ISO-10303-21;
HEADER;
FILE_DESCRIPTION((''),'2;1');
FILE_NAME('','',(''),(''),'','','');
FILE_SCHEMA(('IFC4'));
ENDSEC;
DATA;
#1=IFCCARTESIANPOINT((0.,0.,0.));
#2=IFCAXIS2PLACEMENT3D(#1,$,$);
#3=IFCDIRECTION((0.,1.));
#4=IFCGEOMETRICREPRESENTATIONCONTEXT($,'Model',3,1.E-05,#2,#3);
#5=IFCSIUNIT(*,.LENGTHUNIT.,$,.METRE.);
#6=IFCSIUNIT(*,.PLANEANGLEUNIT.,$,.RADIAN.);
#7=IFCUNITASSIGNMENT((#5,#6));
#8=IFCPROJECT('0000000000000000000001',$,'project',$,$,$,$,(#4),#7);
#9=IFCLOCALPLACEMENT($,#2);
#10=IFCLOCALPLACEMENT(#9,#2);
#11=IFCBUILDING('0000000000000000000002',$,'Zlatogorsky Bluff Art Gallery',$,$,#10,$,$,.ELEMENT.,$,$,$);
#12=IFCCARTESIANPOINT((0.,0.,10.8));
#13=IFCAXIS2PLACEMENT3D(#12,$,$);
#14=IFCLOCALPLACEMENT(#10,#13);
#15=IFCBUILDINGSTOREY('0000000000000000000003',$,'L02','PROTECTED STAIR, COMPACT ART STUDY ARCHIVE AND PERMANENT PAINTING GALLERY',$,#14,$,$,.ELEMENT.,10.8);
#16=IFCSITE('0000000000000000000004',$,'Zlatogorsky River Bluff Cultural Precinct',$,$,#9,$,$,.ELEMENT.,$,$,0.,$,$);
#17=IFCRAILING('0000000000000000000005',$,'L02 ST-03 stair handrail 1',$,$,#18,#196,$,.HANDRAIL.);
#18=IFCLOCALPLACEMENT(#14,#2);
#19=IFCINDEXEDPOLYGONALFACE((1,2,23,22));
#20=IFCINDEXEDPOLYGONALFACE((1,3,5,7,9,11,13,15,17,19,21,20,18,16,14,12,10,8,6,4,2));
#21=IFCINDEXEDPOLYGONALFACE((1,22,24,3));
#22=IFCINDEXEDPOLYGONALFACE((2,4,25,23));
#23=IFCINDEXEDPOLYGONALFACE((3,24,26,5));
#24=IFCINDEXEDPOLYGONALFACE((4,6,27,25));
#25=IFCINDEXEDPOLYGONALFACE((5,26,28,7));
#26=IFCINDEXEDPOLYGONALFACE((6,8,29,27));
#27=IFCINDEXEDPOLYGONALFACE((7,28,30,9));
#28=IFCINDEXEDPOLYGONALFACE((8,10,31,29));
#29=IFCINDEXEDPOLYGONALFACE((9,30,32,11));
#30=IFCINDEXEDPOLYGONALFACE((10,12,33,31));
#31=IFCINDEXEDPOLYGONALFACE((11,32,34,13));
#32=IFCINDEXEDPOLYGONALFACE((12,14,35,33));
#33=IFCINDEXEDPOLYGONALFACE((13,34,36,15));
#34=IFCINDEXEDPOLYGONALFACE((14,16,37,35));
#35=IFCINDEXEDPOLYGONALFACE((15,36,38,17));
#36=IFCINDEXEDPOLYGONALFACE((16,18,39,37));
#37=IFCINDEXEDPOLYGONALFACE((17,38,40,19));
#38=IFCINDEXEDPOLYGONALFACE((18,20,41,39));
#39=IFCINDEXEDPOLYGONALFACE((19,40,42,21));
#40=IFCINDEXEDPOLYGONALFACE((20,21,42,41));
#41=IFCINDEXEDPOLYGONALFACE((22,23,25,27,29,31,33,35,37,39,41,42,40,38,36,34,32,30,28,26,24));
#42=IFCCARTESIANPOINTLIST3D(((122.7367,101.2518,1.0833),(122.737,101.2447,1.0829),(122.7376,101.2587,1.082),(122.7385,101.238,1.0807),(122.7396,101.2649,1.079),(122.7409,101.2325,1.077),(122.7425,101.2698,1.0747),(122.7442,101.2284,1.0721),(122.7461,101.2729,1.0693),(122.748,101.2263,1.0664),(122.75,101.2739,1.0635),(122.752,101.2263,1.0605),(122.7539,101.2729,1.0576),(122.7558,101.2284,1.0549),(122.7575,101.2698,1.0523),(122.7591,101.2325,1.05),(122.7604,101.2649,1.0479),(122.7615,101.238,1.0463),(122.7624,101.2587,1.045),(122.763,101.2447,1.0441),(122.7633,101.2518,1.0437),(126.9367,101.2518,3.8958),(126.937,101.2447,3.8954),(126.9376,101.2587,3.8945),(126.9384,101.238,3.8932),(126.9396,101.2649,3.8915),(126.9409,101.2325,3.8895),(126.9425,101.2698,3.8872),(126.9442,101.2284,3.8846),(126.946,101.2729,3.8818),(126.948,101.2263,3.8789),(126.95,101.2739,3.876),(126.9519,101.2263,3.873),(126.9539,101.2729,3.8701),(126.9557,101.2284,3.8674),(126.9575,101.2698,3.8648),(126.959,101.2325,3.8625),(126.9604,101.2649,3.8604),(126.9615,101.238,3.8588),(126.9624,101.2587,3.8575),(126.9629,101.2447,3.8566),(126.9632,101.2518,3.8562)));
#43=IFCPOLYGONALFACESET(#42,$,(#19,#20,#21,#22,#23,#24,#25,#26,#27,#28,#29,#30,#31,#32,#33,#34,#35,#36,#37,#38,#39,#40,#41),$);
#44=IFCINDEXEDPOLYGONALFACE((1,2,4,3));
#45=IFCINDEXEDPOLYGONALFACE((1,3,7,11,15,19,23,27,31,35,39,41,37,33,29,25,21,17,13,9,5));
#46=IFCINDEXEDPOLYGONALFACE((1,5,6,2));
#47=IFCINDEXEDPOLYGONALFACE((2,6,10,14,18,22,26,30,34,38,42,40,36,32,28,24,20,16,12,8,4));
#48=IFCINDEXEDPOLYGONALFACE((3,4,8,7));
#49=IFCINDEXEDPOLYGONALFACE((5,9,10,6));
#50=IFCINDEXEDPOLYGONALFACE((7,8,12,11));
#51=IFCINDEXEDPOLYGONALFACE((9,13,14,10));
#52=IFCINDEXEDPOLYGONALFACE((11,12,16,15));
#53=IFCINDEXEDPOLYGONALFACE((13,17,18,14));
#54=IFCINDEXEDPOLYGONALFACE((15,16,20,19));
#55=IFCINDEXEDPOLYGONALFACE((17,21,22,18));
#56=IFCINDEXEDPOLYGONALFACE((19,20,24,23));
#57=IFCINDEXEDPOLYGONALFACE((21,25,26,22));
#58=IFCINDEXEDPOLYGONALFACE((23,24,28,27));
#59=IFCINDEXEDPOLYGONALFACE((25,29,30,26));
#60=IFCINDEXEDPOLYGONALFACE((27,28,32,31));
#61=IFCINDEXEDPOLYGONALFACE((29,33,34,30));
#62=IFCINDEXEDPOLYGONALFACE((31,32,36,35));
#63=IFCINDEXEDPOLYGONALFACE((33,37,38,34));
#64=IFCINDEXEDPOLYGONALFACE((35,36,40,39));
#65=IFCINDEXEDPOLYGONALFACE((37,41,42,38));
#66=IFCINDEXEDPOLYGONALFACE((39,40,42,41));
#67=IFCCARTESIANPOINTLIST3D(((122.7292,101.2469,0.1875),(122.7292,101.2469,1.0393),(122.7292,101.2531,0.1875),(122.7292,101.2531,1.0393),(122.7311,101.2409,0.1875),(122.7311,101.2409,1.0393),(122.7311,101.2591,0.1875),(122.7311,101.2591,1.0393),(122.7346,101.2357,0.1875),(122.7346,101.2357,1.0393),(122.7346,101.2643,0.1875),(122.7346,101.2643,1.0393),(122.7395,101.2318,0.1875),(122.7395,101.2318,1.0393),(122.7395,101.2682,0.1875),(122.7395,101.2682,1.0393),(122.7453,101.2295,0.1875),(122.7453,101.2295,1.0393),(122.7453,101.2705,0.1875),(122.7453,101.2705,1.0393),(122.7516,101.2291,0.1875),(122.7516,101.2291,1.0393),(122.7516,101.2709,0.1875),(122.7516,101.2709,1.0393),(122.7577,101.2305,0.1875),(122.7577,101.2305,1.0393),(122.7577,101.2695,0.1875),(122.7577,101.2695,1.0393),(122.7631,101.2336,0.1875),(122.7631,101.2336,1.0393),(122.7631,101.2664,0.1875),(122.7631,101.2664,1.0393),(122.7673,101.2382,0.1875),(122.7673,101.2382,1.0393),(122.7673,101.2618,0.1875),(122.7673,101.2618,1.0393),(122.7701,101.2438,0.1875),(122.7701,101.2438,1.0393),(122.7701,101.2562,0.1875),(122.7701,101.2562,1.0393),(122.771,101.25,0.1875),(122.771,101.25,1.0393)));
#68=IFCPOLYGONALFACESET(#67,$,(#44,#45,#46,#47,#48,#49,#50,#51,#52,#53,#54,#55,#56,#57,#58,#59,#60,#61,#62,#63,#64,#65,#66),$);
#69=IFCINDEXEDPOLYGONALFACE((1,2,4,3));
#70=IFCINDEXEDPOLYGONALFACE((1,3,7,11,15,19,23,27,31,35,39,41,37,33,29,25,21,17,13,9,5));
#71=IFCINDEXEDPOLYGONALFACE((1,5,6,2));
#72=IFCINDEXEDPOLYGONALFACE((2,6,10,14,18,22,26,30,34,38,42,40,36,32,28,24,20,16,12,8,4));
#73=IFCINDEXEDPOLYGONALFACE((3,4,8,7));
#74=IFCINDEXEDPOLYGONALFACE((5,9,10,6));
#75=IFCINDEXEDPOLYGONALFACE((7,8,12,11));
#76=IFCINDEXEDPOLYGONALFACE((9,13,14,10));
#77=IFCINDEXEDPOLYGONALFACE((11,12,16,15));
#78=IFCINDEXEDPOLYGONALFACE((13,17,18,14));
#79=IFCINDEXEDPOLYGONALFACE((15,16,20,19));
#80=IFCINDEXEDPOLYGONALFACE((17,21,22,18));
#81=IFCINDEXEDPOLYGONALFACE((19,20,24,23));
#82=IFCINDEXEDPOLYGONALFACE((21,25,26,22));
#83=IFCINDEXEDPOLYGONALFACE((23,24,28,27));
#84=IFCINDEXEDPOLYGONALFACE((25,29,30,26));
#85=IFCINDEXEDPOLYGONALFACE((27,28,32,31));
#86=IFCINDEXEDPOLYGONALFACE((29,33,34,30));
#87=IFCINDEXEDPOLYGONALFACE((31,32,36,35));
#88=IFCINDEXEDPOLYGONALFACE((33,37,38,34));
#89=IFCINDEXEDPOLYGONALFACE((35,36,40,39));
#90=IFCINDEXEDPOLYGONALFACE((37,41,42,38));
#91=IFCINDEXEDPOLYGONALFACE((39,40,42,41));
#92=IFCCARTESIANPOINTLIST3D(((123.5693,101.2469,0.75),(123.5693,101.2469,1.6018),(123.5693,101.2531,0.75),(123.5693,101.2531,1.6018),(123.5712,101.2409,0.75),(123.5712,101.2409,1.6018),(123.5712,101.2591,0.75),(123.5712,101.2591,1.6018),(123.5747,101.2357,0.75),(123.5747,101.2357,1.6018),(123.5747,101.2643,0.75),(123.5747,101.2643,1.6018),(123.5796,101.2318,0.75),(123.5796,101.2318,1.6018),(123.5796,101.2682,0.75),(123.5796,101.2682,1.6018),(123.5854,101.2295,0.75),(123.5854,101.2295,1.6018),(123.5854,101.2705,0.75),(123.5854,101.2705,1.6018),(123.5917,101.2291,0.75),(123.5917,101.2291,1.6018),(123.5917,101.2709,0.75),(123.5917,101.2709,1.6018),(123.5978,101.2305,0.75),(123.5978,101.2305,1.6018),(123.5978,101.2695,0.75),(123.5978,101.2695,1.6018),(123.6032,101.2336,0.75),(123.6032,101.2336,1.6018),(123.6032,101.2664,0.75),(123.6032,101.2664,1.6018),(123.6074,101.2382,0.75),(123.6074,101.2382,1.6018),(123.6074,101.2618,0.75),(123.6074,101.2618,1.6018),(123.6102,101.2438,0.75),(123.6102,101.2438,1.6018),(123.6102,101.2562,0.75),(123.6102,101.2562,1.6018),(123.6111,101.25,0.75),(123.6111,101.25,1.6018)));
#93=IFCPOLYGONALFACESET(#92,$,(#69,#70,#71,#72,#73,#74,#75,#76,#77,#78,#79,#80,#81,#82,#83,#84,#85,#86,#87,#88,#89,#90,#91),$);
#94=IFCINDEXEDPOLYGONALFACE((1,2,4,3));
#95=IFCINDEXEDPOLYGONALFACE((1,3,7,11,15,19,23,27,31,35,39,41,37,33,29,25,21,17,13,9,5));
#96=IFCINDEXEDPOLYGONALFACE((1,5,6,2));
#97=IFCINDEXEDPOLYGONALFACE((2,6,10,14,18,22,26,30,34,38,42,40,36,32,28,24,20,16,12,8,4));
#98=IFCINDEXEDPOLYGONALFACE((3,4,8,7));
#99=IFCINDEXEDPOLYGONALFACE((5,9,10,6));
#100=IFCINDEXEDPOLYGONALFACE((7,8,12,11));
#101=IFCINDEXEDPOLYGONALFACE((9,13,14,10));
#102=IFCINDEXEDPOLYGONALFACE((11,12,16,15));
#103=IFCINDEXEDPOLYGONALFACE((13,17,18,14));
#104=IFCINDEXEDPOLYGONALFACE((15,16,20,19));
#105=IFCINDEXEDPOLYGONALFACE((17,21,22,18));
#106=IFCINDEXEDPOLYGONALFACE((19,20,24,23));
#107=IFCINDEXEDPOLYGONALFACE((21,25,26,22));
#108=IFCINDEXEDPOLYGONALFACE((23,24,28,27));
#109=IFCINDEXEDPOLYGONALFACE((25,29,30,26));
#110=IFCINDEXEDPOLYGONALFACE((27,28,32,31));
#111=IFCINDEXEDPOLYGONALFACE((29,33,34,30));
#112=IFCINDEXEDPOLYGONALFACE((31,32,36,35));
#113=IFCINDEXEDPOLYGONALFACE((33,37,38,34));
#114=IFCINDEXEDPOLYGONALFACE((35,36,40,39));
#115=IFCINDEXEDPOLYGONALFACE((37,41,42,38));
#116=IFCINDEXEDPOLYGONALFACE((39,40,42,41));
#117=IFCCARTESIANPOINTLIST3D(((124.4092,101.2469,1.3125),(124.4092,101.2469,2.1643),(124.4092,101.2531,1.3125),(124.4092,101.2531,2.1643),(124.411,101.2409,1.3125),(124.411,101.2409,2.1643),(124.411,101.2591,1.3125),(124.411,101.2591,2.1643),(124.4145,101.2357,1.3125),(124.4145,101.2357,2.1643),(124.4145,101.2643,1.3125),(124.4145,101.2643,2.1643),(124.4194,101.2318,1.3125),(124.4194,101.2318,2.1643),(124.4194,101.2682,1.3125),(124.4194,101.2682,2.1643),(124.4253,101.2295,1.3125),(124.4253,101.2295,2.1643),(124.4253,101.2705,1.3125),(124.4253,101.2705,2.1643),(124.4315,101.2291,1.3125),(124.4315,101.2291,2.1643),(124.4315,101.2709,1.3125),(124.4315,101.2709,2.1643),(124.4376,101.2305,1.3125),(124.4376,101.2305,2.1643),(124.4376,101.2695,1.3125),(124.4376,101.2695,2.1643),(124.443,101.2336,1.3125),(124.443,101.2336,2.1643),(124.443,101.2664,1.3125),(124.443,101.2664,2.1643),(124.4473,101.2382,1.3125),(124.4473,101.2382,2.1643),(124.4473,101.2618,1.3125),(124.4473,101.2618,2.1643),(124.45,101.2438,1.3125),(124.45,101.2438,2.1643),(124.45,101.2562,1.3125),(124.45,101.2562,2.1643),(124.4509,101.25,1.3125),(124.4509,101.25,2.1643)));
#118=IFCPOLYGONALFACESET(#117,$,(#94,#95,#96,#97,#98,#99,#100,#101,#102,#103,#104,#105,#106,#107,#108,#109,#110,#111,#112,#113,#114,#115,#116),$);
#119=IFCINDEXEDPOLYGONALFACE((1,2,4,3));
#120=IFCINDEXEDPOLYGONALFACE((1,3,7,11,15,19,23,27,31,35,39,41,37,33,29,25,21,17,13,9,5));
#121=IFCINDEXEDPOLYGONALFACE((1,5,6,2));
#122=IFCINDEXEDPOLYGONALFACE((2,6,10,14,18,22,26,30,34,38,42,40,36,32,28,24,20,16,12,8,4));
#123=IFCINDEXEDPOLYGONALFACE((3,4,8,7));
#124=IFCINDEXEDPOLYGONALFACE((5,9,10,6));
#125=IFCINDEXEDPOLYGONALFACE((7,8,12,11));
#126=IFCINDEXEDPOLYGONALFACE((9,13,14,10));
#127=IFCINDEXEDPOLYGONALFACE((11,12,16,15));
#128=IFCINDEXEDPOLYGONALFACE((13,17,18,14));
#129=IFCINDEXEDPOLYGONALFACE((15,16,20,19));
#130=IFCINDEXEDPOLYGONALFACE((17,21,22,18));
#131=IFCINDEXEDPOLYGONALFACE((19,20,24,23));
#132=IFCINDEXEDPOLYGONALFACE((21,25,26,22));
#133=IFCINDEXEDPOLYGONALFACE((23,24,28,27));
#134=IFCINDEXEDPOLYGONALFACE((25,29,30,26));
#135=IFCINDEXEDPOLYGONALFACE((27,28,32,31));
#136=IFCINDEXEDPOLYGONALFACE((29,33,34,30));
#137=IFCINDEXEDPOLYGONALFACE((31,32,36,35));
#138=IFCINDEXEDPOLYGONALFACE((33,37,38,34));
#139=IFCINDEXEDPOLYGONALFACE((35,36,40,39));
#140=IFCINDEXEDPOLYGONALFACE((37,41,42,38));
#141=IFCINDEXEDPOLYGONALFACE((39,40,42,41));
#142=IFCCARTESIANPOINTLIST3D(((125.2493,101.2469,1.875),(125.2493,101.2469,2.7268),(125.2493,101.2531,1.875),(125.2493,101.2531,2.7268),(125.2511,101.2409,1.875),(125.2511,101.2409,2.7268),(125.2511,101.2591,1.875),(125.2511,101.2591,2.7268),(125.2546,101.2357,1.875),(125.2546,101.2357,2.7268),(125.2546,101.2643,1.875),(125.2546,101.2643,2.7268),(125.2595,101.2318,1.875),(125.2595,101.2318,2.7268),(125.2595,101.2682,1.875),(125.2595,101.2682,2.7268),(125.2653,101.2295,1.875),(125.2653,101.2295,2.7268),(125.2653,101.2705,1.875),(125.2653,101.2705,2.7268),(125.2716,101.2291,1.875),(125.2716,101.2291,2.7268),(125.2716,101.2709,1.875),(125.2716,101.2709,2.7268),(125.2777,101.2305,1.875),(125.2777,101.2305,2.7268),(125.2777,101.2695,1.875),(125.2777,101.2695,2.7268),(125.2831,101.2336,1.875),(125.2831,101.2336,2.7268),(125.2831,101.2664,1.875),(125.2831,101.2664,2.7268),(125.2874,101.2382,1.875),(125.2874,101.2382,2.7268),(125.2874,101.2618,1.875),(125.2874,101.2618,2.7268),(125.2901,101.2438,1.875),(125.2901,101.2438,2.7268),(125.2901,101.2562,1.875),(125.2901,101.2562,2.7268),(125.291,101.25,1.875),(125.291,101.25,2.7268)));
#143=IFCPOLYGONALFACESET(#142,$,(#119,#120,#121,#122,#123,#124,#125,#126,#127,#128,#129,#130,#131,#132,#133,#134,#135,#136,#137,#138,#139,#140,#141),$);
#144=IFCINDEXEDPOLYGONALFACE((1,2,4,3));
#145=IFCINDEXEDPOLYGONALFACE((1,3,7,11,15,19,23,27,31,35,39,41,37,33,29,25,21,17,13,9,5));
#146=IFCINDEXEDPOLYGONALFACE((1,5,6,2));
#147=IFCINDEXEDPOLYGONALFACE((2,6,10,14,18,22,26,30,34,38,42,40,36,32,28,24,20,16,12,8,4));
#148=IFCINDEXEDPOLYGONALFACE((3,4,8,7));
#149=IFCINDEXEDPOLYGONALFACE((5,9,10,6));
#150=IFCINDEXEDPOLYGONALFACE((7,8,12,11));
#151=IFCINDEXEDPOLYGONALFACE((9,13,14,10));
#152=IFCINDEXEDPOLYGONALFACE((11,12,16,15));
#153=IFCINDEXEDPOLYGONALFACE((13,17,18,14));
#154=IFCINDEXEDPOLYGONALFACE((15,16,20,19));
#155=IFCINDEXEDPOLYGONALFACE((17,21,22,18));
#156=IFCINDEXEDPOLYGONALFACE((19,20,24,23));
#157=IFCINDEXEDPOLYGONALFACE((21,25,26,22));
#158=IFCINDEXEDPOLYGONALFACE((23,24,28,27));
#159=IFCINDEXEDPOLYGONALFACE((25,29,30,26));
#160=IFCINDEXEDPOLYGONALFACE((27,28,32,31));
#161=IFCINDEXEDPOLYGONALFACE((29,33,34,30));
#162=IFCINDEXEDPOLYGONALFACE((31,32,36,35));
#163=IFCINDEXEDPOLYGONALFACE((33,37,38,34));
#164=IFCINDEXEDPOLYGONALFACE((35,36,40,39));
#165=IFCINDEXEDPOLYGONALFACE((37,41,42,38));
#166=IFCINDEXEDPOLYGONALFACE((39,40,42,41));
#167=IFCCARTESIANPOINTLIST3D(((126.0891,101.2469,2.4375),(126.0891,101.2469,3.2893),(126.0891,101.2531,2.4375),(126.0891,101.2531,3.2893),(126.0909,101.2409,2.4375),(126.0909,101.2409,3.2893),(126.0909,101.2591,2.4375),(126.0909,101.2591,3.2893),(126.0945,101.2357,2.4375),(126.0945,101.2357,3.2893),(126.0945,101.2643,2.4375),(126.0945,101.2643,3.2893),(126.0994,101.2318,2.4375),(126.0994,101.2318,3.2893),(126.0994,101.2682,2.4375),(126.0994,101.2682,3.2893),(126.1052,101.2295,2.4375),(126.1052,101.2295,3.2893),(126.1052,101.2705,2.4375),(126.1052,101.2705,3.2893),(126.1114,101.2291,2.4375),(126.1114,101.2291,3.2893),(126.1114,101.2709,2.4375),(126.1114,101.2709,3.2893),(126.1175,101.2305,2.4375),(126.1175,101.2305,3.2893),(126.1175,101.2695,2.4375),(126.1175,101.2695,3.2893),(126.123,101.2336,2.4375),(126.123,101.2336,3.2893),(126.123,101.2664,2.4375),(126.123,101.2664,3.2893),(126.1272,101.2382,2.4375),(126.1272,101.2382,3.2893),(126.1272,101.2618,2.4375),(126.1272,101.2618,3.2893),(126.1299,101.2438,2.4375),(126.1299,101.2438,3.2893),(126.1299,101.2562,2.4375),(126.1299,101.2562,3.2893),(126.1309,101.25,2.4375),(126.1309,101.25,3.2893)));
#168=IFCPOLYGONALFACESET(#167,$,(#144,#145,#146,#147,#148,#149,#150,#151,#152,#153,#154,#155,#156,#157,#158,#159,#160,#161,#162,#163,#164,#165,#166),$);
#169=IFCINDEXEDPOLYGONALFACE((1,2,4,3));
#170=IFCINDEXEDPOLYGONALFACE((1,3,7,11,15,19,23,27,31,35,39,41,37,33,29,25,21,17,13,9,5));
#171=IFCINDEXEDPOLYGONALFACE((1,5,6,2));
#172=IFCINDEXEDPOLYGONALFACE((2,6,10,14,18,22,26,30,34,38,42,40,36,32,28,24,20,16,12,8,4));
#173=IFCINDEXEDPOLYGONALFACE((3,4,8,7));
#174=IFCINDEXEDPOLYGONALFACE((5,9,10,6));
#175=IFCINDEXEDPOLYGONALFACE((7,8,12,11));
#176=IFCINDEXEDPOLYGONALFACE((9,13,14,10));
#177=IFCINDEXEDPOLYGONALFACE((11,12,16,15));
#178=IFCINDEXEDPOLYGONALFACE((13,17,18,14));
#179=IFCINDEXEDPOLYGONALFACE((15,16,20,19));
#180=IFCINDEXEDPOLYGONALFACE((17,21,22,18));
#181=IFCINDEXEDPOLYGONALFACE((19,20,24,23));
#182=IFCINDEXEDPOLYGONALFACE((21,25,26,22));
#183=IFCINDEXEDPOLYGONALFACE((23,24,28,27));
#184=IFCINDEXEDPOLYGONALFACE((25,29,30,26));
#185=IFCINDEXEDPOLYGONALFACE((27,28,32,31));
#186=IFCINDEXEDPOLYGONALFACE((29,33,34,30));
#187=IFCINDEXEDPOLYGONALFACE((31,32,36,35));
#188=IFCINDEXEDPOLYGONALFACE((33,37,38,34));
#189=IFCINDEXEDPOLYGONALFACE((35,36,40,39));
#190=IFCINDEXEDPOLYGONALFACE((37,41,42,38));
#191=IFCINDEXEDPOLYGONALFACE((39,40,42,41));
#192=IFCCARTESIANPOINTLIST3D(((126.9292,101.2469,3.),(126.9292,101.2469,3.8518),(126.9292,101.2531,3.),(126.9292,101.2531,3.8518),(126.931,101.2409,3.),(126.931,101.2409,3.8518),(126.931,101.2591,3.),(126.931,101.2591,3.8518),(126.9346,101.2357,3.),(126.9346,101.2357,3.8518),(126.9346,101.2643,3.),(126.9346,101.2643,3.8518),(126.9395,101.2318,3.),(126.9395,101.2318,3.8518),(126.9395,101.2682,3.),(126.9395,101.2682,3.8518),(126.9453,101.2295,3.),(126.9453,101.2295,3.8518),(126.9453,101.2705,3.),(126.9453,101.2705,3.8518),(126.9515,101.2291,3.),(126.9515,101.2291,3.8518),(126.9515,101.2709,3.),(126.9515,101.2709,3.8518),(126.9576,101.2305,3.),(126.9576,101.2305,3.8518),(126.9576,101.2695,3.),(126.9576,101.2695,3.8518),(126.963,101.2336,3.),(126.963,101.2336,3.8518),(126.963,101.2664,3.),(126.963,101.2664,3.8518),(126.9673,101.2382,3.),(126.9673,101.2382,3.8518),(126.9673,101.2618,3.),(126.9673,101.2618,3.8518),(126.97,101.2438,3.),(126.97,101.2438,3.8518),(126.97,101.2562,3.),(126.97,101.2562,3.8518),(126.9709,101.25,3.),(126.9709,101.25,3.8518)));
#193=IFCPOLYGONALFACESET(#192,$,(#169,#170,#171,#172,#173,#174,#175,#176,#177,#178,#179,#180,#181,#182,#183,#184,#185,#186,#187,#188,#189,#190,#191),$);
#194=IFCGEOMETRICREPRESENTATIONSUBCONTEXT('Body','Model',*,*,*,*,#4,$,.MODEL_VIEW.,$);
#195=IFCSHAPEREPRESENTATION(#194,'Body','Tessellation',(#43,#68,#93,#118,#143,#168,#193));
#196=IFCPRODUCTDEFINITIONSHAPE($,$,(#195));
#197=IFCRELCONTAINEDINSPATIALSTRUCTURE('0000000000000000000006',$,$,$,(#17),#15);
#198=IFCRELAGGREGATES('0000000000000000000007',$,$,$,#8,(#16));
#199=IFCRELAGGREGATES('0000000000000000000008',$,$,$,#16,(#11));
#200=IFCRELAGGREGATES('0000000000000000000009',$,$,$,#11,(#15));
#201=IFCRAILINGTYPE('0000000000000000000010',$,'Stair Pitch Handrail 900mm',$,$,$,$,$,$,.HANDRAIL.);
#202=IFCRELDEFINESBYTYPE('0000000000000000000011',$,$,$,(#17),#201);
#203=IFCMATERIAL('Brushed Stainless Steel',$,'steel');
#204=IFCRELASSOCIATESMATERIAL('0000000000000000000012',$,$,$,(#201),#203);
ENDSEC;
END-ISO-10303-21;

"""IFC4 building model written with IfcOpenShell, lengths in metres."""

from ifc_helpers import new_model, si_unit, direction, frame, origin, origin_2d, place, context, subcontext, project, spatial, circle, extrude, material, type_object, element, save


model = new_model("IFC4")

# Units and contexts
model_context = context("Model", 3, precision=1e-05, world=origin(), true_north=direction((0.0, 1.0)))
body_context = subcontext(model_context, "Body", "Model", "MODEL_VIEW")
ifc_project = project(units=[si_unit("LENGTHUNIT", "METRE"), si_unit("PLANEANGLEUNIT", "RADIAN")], contexts=[model_context])

# Site, building, storey
site_placement = place(None, origin())
site = spatial("IfcSite", under=ifc_project, at=site_placement, Name="Zlatogorsky River Bluff Cultural Precinct", CompositionType="ELEMENT", RefElevation=0.0)
building_placement = place(site_placement, origin())
building = spatial("IfcBuilding", under=site, at=building_placement, Name="Zlatogorsky Bluff Art Gallery", CompositionType="ELEMENT")
storey_placement = place(building_placement, frame((0.0, 0.0, 10.8)))
storey = spatial("IfcBuildingStorey", under=building, at=storey_placement, Name="L02", Description="PROTECTED STAIR, COMPACT ART STUDY ARCHIVE AND PERMANENT PAINTING GALLERY", CompositionType="ELEMENT", Elevation=10.8)

# Railing
ifc_material_1 = material(Name="Brushed Stainless Steel", Category="steel")
railing_type_1 = type_object("IfcRailingType", Name="Stair Pitch Handrail 900mm", PredefinedType="HANDRAIL", material=ifc_material_1)
railing_1_placement = place(storey_placement, frame((122.75, 101.25, 0.1875)))
element("IfcRailing", 1, at=railing_1_placement, inside=storey, type_object=railing_type_1, Name="L02 ST-03 stair handrail 1", PredefinedType="HANDRAIL", context=body_context, shape_type="SweptSolid", body=[
    extrude(circle(Radius=0.0239, at=origin_2d()), frame((0.0, 0.0, 0.876), z_axis=(0.830904, 0.0, 0.556416), x_axis=(0.0, 1.0, 0.0)), (0.0, 0.0, 1.0), 5.0547),
    extrude(circle(Radius=0.021, at=origin_2d()), origin(), (0.0, 0.0, 1.0), 0.8518),
    extrude(circle(Radius=0.021, at=origin_2d()), frame((0.8401, 0.0, 0.5625)), (0.0, 0.0, 1.0), 0.8518),
    extrude(circle(Radius=0.021, at=origin_2d()), frame((1.6799, 0.0, 1.125)), (0.0, 0.0, 1.0), 0.8518),
    extrude(circle(Radius=0.021, at=origin_2d()), frame((2.52, 0.0, 1.6875)), (0.0, 0.0, 1.0), 0.8518),
    extrude(circle(Radius=0.021, at=origin_2d()), frame((3.3599, 0.0, 2.25)), (0.0, 0.0, 1.0), 0.8518),
    extrude(circle(Radius=0.021, at=origin_2d()), frame((4.2, 0.0, 2.8125)), (0.0, 0.0, 1.0), 0.8518),
])

save(model, "model.ifc")
